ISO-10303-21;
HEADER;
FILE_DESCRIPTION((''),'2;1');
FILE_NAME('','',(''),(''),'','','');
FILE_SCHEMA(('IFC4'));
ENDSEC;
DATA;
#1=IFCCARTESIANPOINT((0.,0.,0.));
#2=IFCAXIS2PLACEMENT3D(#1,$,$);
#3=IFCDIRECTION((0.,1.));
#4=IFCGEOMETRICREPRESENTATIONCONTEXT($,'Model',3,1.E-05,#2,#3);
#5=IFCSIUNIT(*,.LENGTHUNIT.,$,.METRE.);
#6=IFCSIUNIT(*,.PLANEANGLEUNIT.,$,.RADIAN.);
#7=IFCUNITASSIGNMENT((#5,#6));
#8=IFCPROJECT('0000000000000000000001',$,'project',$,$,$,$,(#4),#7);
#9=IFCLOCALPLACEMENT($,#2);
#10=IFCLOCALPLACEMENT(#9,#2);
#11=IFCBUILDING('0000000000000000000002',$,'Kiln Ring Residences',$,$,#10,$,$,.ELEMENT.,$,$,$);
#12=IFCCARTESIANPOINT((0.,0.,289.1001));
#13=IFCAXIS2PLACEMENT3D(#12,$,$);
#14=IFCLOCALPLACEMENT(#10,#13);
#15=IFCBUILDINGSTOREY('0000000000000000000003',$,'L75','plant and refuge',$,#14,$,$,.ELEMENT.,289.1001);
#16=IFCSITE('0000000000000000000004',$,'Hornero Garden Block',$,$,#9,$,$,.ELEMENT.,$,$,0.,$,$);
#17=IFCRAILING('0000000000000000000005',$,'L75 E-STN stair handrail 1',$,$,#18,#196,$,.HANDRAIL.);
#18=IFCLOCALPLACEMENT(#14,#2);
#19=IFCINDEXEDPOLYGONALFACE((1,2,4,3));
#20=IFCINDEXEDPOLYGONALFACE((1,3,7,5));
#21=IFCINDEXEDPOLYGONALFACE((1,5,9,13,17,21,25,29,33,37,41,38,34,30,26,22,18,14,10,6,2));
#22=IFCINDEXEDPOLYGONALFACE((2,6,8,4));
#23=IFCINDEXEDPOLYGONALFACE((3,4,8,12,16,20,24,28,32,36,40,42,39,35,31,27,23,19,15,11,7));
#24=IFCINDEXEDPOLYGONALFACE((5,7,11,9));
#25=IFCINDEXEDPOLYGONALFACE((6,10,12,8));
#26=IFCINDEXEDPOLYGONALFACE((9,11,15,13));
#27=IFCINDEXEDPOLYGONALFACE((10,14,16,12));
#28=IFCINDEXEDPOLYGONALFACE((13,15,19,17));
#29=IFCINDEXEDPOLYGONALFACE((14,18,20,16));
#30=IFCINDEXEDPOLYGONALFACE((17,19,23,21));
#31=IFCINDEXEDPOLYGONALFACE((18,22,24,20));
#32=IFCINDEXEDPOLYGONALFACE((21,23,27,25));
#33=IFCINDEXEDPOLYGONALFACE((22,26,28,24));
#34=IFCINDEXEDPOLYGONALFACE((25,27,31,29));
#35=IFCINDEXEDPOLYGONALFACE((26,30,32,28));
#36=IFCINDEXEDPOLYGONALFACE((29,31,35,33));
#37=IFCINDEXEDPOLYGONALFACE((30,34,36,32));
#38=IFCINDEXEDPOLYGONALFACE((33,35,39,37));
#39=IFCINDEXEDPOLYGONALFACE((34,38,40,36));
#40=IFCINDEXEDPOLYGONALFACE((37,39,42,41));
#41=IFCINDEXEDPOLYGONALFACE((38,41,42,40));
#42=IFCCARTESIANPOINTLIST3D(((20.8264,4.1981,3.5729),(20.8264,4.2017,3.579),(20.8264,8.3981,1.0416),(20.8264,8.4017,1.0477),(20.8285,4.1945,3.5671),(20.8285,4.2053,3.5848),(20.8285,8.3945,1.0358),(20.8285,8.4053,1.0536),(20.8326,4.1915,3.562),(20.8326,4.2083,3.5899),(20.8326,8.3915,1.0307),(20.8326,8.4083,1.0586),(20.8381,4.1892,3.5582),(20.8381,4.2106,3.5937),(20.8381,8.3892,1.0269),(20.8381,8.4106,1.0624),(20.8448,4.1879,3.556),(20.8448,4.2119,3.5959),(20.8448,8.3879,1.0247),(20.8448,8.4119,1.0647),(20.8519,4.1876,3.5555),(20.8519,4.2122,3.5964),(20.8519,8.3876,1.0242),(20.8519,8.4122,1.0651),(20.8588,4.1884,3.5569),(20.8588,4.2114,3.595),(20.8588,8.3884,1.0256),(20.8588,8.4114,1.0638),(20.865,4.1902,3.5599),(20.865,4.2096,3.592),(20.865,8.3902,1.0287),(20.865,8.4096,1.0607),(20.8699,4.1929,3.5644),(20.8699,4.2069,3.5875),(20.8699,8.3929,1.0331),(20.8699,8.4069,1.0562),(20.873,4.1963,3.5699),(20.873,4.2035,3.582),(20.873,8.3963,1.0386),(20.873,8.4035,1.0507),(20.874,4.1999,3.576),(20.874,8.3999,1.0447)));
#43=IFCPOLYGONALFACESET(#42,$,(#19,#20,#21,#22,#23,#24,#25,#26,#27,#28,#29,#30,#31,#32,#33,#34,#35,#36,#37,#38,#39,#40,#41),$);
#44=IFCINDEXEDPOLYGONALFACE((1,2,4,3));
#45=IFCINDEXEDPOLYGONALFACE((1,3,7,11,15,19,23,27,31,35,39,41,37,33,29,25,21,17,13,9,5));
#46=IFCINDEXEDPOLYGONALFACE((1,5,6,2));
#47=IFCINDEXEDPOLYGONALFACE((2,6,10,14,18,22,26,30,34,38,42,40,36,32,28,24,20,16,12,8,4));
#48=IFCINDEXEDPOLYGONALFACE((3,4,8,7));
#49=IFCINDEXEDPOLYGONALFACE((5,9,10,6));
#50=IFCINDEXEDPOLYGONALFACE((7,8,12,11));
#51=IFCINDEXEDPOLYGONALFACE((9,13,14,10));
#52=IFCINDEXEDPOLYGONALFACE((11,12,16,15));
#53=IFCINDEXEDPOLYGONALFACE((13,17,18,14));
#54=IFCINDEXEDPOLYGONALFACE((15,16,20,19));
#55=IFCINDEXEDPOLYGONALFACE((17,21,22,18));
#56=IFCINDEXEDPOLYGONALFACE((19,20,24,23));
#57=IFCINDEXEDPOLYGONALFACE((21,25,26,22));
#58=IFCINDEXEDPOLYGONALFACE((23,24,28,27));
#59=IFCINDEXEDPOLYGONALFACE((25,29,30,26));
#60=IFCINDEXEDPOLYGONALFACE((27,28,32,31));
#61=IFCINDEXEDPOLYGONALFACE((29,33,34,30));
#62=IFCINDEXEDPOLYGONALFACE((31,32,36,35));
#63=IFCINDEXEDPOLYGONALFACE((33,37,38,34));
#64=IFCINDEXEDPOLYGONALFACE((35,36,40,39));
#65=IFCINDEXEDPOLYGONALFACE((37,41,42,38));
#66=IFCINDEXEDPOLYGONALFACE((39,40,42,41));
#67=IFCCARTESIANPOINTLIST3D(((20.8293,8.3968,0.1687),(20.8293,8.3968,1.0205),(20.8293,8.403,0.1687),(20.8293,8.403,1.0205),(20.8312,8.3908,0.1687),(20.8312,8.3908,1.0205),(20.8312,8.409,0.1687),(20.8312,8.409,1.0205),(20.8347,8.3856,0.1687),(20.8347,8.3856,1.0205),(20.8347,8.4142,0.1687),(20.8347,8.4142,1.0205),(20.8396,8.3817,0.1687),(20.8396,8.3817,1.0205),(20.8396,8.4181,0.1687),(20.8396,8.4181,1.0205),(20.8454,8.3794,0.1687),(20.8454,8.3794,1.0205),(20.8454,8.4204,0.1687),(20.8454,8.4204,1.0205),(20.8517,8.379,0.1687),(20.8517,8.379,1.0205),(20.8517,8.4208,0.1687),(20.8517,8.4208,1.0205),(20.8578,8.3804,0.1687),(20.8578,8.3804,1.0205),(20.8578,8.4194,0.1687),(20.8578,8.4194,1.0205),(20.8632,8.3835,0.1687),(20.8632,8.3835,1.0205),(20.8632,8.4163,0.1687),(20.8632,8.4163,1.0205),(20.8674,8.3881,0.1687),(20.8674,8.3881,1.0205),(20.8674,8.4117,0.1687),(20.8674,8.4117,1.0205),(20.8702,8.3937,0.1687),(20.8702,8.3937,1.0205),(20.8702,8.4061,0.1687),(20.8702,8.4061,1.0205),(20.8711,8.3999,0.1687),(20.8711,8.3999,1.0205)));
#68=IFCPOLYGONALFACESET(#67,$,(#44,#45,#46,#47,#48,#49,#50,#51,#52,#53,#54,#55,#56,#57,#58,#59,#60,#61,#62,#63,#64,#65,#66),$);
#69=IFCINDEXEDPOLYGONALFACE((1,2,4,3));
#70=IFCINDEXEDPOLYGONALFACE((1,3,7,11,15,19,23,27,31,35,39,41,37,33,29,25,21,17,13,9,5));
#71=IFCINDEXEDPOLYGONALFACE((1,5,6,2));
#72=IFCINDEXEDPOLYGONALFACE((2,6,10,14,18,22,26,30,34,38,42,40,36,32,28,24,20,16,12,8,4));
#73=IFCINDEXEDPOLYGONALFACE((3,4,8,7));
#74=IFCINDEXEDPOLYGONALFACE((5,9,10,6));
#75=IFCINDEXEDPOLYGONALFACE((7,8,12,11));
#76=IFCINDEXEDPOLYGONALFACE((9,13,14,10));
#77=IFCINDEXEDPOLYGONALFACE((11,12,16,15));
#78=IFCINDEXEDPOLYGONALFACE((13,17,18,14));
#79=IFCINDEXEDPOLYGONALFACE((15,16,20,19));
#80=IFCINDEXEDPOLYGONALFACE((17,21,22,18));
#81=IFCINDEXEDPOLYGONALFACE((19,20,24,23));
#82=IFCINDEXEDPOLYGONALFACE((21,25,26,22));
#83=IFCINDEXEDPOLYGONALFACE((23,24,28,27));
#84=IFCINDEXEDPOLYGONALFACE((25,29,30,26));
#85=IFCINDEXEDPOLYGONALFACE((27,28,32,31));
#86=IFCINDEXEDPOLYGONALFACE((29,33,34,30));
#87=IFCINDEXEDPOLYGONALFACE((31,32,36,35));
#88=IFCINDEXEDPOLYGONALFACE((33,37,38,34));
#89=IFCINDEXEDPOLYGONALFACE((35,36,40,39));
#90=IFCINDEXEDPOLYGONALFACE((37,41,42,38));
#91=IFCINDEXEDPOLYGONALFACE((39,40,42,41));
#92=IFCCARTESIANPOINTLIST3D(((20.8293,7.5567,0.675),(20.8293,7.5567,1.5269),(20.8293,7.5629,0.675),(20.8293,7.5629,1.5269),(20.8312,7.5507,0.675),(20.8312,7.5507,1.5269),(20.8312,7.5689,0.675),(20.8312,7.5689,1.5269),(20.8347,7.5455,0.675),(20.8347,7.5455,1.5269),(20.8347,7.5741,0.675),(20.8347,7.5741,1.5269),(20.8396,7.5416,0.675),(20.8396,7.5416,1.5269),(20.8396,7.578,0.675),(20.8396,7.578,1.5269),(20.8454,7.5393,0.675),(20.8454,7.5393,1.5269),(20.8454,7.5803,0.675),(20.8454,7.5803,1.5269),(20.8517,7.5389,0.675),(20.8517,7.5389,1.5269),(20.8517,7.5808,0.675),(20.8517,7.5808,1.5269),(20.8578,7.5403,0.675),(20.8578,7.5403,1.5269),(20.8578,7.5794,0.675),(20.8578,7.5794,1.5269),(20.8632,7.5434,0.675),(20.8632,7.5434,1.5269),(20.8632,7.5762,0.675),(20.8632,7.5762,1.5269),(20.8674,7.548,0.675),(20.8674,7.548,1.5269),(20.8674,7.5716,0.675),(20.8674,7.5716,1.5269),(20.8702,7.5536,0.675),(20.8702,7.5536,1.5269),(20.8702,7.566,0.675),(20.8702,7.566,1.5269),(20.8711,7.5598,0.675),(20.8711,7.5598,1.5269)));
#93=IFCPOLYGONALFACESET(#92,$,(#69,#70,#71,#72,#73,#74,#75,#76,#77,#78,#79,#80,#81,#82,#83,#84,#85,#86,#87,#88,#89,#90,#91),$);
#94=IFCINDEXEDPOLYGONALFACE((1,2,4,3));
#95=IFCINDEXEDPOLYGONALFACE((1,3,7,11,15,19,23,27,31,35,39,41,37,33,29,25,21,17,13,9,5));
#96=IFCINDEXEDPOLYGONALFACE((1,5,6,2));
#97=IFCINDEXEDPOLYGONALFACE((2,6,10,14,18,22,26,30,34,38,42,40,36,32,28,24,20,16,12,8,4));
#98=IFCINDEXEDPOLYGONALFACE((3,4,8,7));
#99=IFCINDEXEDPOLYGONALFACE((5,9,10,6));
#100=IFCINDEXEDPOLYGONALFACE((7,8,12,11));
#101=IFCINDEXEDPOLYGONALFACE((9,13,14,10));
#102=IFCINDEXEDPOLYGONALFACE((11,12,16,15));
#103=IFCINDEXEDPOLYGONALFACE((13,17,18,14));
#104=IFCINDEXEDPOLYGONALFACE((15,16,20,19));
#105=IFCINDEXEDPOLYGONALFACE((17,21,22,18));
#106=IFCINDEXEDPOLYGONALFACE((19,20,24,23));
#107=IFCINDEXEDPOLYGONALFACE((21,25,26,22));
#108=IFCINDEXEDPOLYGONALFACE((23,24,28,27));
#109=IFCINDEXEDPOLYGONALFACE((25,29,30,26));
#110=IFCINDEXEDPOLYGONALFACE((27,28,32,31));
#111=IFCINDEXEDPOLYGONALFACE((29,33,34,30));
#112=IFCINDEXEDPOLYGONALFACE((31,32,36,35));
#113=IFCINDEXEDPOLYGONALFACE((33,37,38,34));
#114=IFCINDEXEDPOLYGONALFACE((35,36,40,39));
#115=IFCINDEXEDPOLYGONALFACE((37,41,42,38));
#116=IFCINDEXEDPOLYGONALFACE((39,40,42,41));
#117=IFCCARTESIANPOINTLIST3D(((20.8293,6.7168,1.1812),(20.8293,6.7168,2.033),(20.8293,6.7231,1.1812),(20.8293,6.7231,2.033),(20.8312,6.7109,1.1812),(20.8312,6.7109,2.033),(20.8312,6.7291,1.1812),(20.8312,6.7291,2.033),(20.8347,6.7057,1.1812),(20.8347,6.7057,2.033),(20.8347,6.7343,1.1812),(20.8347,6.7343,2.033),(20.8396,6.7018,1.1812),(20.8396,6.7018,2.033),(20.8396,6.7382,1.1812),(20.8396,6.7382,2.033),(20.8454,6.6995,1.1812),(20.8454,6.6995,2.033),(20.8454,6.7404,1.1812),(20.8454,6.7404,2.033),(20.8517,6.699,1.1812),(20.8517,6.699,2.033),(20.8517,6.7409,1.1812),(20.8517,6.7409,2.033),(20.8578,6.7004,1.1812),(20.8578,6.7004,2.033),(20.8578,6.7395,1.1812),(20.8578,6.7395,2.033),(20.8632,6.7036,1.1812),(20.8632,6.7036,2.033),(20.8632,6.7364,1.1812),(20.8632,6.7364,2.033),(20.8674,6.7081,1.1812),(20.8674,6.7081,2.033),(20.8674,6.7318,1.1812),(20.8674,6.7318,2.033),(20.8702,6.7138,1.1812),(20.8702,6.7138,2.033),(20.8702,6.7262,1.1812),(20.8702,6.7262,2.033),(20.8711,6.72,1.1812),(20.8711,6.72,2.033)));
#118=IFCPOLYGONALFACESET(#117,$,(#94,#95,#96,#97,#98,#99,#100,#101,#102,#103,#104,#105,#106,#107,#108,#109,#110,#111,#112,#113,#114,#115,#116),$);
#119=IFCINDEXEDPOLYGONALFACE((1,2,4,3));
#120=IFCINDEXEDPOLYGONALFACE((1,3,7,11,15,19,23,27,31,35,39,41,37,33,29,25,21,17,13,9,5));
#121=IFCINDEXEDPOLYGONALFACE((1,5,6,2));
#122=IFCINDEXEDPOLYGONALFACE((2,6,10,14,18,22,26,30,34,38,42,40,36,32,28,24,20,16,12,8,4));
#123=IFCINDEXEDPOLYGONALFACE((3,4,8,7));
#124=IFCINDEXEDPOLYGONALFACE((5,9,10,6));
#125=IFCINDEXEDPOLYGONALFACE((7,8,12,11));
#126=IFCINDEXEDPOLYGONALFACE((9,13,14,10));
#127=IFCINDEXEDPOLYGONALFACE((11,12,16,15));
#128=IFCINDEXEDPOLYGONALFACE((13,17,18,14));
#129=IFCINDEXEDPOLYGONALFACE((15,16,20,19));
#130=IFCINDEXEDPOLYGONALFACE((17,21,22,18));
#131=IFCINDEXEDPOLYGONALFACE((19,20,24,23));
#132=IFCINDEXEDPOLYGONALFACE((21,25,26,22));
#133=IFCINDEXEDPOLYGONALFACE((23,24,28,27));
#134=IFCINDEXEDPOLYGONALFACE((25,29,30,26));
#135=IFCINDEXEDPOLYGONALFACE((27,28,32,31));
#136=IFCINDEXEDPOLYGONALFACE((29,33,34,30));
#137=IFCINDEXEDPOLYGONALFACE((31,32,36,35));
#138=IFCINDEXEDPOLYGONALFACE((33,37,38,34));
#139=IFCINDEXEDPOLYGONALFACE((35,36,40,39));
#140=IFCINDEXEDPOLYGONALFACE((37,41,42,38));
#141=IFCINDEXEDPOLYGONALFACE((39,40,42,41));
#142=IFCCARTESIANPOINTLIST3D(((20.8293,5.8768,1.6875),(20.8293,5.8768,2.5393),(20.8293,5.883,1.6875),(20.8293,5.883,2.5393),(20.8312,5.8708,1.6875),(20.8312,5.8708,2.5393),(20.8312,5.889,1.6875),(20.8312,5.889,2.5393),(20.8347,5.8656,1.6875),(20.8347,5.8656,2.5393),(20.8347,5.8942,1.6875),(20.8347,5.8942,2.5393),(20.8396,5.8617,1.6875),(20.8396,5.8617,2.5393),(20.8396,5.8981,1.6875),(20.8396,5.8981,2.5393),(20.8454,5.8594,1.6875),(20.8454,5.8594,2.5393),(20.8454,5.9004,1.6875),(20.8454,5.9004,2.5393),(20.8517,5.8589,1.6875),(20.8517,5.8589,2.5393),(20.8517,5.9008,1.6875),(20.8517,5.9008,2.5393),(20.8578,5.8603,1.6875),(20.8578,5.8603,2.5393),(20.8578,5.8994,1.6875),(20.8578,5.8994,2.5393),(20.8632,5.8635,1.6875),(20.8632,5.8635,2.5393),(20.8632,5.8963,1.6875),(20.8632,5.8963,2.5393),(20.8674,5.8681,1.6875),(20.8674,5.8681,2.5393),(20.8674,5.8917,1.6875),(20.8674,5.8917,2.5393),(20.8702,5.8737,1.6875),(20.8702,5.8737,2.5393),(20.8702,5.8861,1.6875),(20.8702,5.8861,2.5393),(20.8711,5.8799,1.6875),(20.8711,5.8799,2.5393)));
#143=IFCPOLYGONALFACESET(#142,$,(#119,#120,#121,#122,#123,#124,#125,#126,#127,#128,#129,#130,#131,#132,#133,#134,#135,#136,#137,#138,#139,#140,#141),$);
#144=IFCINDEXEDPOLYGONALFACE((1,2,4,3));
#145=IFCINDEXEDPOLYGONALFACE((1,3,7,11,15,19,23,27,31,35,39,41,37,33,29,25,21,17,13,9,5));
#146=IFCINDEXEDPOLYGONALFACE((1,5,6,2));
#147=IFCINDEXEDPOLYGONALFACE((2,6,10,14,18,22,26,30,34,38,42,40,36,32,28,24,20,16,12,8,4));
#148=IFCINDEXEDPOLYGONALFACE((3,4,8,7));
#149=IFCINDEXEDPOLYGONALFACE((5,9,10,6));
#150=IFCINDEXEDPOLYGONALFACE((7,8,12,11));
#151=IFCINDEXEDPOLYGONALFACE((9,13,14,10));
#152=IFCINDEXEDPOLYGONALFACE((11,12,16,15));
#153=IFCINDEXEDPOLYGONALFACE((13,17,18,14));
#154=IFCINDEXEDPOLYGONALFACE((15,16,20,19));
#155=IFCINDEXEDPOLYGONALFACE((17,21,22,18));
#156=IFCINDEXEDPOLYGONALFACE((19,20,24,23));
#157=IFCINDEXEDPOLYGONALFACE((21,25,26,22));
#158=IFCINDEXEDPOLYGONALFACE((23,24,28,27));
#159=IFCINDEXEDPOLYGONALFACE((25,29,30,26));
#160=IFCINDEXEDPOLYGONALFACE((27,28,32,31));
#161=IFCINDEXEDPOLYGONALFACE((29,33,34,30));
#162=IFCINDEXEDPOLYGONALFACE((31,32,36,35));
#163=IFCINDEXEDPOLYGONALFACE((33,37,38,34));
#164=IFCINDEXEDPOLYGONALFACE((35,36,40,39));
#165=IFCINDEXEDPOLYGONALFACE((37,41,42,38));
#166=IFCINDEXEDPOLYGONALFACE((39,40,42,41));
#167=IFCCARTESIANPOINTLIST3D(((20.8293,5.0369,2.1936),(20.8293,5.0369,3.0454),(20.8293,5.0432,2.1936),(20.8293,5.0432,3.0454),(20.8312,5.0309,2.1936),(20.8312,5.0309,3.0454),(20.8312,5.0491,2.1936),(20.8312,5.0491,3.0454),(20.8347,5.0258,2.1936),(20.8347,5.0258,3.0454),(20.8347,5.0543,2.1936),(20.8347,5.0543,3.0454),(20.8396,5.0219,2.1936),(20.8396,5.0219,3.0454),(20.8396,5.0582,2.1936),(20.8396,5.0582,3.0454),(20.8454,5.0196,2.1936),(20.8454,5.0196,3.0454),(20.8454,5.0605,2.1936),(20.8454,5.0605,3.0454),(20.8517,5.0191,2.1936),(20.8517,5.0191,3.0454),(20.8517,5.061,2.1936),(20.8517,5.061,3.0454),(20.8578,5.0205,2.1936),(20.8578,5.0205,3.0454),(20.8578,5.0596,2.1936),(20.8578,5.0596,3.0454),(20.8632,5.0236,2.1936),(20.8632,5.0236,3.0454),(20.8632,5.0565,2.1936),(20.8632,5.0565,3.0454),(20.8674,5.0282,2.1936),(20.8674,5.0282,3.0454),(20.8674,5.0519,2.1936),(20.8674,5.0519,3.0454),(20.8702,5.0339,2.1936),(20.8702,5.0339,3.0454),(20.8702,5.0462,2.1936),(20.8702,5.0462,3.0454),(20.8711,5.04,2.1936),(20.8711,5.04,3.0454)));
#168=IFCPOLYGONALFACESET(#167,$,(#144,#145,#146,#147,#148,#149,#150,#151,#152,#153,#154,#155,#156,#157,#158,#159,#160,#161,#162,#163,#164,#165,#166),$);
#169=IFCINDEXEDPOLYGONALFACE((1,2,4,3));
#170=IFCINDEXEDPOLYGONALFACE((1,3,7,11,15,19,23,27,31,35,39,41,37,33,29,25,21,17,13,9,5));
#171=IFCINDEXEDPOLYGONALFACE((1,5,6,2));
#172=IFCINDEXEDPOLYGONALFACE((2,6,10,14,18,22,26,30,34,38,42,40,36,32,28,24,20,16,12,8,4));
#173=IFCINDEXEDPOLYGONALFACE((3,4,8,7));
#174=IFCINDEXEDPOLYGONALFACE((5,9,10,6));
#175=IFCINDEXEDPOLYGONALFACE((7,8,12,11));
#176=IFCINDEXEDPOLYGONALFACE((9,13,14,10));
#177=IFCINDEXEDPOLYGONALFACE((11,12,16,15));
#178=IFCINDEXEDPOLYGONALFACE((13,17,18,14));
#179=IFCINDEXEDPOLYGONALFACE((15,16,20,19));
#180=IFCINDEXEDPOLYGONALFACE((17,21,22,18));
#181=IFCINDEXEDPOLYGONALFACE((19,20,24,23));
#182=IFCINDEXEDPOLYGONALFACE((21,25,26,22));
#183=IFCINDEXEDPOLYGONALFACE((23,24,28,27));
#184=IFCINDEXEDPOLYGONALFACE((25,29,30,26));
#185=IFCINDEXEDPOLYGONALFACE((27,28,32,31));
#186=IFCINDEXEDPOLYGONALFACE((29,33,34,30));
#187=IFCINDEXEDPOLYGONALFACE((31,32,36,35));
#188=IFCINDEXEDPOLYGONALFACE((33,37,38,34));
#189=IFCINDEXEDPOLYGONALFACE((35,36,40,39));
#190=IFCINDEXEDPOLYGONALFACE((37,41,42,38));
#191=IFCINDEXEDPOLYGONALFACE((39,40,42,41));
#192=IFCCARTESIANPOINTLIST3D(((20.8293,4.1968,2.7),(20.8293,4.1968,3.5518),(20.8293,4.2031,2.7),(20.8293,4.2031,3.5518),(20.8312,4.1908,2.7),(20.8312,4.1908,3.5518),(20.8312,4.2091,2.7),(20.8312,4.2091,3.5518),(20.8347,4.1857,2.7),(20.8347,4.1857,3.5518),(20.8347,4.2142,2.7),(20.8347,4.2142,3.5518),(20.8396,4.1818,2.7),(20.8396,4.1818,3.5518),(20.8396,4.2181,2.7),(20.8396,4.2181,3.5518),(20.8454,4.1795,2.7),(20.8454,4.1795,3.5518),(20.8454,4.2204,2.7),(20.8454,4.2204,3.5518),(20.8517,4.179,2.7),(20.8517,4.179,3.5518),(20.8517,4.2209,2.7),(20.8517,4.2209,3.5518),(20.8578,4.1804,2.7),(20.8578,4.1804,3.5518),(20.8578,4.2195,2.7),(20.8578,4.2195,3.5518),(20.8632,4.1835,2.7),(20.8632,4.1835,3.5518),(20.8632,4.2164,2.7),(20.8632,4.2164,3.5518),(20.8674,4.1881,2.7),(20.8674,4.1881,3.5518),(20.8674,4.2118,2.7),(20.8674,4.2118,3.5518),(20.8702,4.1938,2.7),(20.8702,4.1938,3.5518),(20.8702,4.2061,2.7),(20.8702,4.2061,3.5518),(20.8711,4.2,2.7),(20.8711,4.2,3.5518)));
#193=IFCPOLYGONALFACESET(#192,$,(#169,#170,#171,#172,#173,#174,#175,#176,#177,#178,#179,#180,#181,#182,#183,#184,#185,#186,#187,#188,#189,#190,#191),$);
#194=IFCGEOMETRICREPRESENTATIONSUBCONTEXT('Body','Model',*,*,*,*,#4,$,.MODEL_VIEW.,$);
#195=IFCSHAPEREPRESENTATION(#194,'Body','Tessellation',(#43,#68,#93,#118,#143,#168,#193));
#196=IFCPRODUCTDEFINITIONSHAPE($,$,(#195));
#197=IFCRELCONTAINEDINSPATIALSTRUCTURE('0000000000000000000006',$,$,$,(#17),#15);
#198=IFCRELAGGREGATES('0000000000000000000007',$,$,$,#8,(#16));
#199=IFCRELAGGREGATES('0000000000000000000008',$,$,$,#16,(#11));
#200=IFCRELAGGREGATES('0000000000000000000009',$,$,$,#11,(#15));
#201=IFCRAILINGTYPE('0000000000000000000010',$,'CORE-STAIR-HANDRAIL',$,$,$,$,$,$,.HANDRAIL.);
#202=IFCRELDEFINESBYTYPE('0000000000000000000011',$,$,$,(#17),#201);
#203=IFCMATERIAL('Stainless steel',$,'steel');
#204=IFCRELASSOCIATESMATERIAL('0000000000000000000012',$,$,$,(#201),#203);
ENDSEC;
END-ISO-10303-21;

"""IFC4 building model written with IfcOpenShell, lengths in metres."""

from ifc_helpers import new_model, si_unit, direction, frame, origin, origin_2d, place, context, subcontext, project, spatial, circle, extrude, material, type_object, element, save


model = new_model("IFC4")

# Units and contexts
model_context = context("Model", 3, precision=1e-05, world=origin(), true_north=direction((0.0, 1.0)))
body_context = subcontext(model_context, "Body", "Model", "MODEL_VIEW")
ifc_project = project(units=[si_unit("LENGTHUNIT", "METRE"), si_unit("PLANEANGLEUNIT", "RADIAN")], contexts=[model_context])

# Site, building, storey
site_placement = place(None, origin())
site = spatial("IfcSite", under=ifc_project, at=site_placement, Name="Hornero Garden Block", CompositionType="ELEMENT", RefElevation=0.0)
building_placement = place(site_placement, origin())
building = spatial("IfcBuilding", under=site, at=building_placement, Name="Kiln Ring Residences", CompositionType="ELEMENT")
storey_placement = place(building_placement, frame((0.0, 0.0, 289.1001)))
storey = spatial("IfcBuildingStorey", under=building, at=storey_placement, Name="L75", Description="plant and refuge", CompositionType="ELEMENT", Elevation=289.1001)

# Railing
ifc_material_1 = material(Name="Stainless steel", Category="steel")
railing_type_1 = type_object("IfcRailingType", Name="CORE-STAIR-HANDRAIL", PredefinedType="HANDRAIL", material=ifc_material_1)
railing_1_placement = place(storey_placement, frame((20.8501, 8.3999, 0.1687)))
element("IfcRailing", 1, at=railing_1_placement, inside=storey, type_object=railing_type_1, Name="L75 E-STN stair handrail 1", PredefinedType="HANDRAIL", context=body_context, shape_type="SweptSolid", body=[
    extrude(circle(Radius=0.0239, at=origin_2d()), frame((0.0, 0.0, 0.876), z_axis=(0.0, -0.856476, 0.516186), x_axis=(1.0, 0.0, 0.0)), (0.0, 0.0, 1.0), 4.9038),
    extrude(circle(Radius=0.021, at=origin_2d()), origin(), (0.0, 0.0, 1.0), 0.8518),
    extrude(circle(Radius=0.021, at=origin_2d()), frame((0.0, -0.8401, 0.5063)), (0.0, 0.0, 1.0), 0.8518),
    extrude(circle(Radius=0.021, at=origin_2d()), frame((0.0, -1.6799, 1.0125)), (0.0, 0.0, 1.0), 0.8518),
    extrude(circle(Radius=0.021, at=origin_2d()), frame((0.0, -2.52, 1.5188)), (0.0, 0.0, 1.0), 0.8518),
    extrude(circle(Radius=0.021, at=origin_2d()), frame((0.0, -3.3599, 2.0249)), (0.0, 0.0, 1.0), 0.8518),
    extrude(circle(Radius=0.021, at=origin_2d()), frame((0.0, -4.2, 2.5312)), (0.0, 0.0, 1.0), 0.8518),
])

save(model, "model.ifc")
